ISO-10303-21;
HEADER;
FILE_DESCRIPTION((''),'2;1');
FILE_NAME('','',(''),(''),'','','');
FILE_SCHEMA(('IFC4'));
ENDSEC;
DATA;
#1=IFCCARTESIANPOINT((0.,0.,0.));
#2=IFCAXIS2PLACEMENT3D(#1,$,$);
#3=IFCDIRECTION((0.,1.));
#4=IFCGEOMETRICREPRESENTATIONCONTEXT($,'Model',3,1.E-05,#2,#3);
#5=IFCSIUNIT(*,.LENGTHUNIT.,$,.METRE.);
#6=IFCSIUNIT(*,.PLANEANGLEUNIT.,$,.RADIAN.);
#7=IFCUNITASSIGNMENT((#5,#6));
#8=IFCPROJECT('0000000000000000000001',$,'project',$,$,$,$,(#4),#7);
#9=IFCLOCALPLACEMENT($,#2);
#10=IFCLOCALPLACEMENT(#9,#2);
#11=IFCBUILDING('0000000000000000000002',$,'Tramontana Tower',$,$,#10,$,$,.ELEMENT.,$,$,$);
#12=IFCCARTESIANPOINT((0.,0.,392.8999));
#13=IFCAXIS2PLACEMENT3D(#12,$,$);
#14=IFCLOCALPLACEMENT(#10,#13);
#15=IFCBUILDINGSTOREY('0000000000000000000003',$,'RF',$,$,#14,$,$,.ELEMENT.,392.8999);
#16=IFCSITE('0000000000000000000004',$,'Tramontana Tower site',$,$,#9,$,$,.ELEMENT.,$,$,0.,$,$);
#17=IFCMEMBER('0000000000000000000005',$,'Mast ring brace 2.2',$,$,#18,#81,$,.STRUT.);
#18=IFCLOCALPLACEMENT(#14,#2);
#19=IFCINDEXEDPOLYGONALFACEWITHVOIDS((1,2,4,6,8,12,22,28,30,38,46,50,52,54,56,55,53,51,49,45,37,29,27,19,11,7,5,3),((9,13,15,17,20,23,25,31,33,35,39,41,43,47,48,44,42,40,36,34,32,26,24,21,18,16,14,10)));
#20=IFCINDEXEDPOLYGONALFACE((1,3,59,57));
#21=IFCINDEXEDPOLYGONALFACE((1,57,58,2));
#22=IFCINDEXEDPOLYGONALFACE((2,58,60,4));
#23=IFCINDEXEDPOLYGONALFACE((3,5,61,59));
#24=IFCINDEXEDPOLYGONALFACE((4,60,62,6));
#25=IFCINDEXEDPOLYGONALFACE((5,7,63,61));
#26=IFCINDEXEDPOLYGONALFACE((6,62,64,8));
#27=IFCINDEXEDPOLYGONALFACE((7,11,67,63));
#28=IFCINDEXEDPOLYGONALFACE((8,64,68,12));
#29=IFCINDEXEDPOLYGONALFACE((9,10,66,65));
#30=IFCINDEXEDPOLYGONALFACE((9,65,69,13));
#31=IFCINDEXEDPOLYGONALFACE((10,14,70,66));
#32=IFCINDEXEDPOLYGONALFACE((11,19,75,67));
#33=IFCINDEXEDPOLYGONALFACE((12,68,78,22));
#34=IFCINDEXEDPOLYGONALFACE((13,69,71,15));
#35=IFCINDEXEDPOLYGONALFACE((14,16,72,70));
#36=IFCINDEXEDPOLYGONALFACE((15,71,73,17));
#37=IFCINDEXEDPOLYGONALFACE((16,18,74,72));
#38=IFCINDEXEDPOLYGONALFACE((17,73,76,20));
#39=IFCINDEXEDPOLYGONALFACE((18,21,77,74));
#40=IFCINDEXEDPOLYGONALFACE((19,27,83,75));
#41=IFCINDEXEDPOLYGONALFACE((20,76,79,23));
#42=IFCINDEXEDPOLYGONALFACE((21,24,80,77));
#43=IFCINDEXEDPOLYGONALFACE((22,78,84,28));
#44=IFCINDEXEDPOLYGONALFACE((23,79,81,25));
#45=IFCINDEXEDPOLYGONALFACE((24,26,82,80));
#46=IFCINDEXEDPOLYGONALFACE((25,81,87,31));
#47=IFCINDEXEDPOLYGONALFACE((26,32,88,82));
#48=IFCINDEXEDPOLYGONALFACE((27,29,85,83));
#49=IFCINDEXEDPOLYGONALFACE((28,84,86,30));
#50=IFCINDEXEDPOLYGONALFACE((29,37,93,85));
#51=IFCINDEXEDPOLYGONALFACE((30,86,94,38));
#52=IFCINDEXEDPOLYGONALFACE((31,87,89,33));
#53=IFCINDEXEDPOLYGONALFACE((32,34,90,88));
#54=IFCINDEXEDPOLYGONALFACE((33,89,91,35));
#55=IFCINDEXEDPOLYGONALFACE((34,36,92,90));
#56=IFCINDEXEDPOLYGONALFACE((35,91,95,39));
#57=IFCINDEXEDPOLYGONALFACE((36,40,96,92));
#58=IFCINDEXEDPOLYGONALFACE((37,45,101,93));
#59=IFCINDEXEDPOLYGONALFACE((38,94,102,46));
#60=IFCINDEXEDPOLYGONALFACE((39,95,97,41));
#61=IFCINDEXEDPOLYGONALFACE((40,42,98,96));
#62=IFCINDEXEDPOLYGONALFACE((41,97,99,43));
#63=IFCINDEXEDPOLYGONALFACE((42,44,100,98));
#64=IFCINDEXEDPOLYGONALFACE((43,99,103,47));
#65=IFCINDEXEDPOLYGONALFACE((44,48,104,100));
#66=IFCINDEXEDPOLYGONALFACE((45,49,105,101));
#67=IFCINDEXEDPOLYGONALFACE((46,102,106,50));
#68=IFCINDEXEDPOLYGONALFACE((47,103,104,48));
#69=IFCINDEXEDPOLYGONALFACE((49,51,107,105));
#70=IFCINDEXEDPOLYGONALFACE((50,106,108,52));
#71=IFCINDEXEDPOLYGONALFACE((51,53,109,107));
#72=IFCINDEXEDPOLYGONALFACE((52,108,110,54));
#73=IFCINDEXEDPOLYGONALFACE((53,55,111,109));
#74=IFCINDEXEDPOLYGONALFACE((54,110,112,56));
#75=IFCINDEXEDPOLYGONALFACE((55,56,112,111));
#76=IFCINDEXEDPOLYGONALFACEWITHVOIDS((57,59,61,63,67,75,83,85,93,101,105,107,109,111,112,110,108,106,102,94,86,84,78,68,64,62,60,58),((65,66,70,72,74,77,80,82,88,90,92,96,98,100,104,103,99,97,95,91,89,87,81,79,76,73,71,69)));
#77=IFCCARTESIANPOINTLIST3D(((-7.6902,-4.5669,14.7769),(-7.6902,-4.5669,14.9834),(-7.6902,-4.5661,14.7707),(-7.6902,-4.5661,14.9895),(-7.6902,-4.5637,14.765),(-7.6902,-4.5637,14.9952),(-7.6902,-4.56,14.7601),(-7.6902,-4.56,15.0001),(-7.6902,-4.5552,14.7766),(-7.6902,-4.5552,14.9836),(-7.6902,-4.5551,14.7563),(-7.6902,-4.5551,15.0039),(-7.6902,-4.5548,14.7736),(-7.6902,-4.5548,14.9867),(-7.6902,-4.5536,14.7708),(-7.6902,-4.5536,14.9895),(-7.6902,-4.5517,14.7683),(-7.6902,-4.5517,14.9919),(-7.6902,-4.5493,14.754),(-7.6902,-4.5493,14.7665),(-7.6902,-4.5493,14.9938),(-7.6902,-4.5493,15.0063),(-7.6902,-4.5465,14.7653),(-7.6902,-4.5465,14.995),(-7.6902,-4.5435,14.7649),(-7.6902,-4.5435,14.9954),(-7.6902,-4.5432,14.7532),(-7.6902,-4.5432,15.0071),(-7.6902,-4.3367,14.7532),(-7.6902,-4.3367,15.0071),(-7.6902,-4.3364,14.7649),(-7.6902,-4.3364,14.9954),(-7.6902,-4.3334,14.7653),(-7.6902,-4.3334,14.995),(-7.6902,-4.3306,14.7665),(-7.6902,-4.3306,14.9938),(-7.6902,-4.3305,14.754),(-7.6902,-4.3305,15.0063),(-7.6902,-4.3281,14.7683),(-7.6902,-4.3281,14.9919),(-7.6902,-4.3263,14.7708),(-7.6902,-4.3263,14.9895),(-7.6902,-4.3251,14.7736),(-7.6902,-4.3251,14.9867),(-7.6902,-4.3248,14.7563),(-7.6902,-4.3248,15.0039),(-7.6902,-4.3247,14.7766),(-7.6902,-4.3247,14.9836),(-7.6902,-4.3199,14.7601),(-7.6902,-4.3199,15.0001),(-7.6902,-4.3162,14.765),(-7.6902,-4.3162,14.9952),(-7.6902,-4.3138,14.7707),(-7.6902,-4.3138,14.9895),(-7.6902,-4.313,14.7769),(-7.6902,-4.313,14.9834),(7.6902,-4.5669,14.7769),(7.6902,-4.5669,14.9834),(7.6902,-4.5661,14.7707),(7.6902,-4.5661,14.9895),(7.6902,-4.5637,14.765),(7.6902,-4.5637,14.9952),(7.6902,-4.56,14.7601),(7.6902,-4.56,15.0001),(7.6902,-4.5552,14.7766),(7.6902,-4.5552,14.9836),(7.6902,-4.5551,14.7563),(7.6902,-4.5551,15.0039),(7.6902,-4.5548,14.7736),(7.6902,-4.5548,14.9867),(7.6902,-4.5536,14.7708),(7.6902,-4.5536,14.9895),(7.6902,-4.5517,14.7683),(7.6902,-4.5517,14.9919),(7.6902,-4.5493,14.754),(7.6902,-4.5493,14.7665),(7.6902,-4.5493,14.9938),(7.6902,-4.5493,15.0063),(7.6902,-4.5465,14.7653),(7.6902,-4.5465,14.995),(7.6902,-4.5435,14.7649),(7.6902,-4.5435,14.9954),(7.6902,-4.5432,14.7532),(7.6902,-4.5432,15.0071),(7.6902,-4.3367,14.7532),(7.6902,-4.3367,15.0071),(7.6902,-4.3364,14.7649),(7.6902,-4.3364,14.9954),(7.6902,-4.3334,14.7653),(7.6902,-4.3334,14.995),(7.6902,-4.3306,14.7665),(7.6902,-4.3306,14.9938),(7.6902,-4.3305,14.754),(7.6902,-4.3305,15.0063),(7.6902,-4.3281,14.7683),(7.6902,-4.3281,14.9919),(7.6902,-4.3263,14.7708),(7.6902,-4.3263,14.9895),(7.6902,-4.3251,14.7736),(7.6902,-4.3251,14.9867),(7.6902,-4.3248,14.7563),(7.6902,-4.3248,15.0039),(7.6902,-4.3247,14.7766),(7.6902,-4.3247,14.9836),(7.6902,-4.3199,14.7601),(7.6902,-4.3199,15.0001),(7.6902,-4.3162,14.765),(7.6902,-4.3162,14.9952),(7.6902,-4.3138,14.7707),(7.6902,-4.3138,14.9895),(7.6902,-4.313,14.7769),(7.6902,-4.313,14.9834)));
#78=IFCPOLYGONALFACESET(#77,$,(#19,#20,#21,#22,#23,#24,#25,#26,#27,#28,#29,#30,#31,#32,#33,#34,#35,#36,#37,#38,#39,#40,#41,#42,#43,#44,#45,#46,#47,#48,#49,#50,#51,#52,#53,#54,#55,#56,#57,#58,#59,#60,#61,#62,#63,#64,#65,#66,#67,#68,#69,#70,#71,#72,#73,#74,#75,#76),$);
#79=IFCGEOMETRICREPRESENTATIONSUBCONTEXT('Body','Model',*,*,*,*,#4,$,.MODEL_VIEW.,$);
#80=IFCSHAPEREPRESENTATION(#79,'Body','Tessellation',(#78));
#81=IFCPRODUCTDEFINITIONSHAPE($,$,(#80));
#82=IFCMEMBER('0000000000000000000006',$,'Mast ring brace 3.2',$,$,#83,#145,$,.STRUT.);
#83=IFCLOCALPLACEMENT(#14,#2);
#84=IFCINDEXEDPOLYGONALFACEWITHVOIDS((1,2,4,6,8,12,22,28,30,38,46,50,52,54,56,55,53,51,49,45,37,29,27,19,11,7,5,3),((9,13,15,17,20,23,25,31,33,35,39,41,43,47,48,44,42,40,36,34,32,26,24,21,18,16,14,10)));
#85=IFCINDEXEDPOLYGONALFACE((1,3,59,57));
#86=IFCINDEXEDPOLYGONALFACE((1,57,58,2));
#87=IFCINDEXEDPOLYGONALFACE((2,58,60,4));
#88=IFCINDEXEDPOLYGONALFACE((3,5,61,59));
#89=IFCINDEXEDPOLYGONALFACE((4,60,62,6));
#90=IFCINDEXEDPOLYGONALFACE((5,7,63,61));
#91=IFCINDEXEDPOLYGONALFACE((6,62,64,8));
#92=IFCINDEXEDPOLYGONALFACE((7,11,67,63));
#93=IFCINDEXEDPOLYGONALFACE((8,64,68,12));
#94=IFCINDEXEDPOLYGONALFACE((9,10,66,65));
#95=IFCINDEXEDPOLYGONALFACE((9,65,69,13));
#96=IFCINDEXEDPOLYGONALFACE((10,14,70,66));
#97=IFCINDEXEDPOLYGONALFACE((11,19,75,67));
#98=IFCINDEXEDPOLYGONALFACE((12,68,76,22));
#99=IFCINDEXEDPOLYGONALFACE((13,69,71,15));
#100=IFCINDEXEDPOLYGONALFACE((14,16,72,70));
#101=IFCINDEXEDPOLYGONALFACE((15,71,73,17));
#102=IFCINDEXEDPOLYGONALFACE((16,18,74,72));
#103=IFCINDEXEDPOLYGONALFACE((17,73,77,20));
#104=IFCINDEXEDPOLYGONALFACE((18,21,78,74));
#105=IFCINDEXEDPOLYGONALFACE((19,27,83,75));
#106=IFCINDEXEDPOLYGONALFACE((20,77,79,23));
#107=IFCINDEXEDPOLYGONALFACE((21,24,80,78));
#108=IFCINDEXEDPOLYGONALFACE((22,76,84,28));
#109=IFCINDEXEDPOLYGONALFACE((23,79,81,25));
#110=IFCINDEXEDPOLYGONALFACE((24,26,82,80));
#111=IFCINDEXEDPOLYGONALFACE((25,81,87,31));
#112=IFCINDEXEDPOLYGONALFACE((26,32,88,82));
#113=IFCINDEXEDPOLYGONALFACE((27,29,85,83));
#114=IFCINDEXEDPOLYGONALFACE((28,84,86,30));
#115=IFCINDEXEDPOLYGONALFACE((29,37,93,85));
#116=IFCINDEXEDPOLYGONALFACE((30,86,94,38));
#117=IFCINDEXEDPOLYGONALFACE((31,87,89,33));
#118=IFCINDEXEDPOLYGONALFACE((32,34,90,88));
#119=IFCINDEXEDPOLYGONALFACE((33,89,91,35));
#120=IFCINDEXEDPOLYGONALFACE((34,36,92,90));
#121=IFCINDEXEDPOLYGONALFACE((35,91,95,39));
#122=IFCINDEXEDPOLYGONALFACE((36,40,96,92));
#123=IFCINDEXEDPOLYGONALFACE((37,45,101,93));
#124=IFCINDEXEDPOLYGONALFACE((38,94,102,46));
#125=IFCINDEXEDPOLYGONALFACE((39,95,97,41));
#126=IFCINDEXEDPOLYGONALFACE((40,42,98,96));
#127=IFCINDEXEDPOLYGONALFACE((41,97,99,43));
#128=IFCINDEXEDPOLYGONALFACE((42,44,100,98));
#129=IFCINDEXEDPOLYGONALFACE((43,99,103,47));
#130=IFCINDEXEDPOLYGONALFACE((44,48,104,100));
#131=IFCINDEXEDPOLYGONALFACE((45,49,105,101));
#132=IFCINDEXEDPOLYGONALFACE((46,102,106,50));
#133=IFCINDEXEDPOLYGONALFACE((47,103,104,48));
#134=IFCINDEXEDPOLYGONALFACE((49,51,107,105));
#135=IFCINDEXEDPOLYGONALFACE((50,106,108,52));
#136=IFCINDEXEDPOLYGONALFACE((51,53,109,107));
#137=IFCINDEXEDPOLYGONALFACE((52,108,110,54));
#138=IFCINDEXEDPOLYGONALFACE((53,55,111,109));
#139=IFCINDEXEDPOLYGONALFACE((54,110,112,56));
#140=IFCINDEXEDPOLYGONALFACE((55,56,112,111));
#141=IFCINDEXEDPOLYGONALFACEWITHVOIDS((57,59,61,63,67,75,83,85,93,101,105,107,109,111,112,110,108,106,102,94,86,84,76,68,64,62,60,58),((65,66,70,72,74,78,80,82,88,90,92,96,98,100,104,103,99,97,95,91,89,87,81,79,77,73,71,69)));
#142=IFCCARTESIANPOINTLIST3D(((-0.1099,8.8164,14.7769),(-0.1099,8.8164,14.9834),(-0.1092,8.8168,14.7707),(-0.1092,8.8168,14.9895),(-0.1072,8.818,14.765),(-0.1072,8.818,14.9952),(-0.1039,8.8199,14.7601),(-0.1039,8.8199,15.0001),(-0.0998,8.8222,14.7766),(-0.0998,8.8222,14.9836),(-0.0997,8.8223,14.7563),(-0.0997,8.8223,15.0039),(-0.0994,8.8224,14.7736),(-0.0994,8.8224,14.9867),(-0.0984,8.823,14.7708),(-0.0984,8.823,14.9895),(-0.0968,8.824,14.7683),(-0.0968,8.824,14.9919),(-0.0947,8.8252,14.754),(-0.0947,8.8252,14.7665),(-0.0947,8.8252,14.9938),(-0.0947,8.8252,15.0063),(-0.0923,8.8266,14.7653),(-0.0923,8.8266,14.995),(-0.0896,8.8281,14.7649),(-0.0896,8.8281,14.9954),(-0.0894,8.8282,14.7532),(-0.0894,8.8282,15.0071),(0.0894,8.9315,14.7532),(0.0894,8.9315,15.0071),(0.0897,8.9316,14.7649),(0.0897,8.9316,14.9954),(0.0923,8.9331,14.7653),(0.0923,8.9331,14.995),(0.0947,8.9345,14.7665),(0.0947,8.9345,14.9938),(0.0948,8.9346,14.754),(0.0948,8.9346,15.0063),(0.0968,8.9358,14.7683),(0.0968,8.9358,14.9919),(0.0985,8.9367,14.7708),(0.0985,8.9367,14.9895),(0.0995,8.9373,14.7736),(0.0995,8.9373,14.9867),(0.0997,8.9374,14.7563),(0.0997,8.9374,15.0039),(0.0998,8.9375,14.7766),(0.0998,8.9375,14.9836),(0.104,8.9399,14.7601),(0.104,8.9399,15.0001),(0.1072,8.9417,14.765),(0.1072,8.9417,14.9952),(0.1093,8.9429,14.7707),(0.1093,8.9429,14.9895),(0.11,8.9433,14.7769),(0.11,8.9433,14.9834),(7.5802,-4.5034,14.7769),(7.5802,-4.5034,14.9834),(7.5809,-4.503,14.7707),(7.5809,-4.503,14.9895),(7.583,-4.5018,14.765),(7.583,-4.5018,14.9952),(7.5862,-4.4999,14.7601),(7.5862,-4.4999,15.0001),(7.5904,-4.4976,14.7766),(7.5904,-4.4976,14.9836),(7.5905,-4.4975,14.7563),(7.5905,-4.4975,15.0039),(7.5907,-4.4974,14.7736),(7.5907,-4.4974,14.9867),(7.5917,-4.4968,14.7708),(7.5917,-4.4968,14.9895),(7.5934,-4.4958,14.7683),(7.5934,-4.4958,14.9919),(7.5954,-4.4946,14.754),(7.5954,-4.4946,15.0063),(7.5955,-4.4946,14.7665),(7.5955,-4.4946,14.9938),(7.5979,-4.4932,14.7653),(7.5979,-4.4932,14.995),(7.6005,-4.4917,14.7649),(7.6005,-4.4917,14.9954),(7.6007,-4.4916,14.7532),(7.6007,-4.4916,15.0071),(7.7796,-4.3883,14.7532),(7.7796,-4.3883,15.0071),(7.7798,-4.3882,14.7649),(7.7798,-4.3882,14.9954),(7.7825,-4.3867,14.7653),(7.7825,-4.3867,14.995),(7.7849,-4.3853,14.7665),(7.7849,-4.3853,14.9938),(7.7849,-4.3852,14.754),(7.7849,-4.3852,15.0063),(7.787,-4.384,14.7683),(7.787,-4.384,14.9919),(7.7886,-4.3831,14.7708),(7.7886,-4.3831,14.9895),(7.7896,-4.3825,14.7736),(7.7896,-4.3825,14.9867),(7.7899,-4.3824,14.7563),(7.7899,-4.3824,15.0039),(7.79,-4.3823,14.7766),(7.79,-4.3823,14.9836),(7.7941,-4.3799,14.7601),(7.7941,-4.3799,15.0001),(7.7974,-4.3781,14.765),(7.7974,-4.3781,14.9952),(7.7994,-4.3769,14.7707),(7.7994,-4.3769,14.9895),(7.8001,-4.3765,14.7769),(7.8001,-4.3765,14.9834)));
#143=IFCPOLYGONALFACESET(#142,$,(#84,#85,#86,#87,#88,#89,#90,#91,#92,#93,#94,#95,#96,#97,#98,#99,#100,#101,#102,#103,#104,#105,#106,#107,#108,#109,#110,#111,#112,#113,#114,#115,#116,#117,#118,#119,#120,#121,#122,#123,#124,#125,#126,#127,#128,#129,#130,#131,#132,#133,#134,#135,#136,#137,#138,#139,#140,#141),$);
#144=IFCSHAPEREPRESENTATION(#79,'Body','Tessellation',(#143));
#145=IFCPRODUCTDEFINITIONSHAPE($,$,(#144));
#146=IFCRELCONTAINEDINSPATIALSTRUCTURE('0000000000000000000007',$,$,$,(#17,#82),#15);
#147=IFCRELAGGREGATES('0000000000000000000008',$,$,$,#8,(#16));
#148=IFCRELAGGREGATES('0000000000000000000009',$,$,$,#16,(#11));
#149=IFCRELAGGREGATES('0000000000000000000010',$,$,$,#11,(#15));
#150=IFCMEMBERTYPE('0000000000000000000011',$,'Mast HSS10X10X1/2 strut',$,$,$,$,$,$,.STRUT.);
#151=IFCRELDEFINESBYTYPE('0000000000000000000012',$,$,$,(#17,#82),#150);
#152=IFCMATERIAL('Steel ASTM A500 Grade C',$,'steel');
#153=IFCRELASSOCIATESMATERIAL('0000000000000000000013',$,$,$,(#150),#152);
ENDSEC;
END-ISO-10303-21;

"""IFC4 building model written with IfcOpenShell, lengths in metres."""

from ifc_helpers import new_model, si_unit, direction, frame, origin, origin_2d, place, context, subcontext, project, spatial, hollow_rectangle, extrude, material, material_profile, profile_set, type_object, element, save


model = new_model("IFC4")

# Units and contexts
model_context = context("Model", 3, precision=1e-05, world=origin(), true_north=direction((0.0, 1.0)))
body_context = subcontext(model_context, "Body", "Model", "MODEL_VIEW")
ifc_project = project(units=[si_unit("LENGTHUNIT", "METRE"), si_unit("PLANEANGLEUNIT", "RADIAN")], contexts=[model_context])

# Site, building, storey
site_placement = place(None, origin())
site = spatial("IfcSite", under=ifc_project, at=site_placement, Name="Tramontana Tower site", CompositionType="ELEMENT", RefElevation=0.0)
building_placement = place(site_placement, origin())
building = spatial("IfcBuilding", under=site, at=building_placement, Name="Tramontana Tower", CompositionType="ELEMENT")
storey_placement = place(building_placement, frame((0.0, 0.0, 392.8999)))
storey = spatial("IfcBuildingStorey", under=building, at=storey_placement, Name="RF", CompositionType="ELEMENT", Elevation=392.8999)

# Members
ifc_material_1 = material(Name="Steel ASTM A500 Grade C", Category="steel")
ifc_material_profile_1 = material_profile(ifc_material_1, hollow_rectangle(XDim=0.2539, YDim=0.2539, WallThickness=0.0117, InnerFilletRadius=0.0117, OuterFilletRadius=0.0237, at=origin_2d()), Name="HSS10X10X1/2")
ifc_profile_set_1 = profile_set([ifc_material_profile_1], Name="Steel ASTM A500 Grade C")
member_type_1 = type_object("IfcMemberType", Name="Mast HSS10X10X1/2 strut", PredefinedType="STRUT", material=ifc_profile_set_1)
for number, where, z_axis, x_axis, name in (
    (1, (-7.6902, -4.4399, 14.8801), (1.0, 0.0, 0.0), (0.0, 1.0, 0.0), "Mast ring brace 2.2"),
    (2, (7.6902, -4.4399, 14.8801), (-0.499999, 0.866026, 0.0), (-0.866026, -0.499999, 0.0), "Mast ring brace 3.2"),
):
    element("IfcMember", number, at=place(storey_placement, frame(where, z_axis=z_axis, x_axis=x_axis)), inside=storey, type_object=member_type_1, Name=name, PredefinedType="STRUT", context=body_context, shape_type="SweptSolid", body=[
        extrude(hollow_rectangle(XDim=0.2539, YDim=0.2539, WallThickness=0.0117, InnerFilletRadius=0.0117, OuterFilletRadius=0.0237, at=origin_2d()), origin(), (0.0, 0.0, 1.0), 15.3804),
    ])

save(model, "model.ifc")
